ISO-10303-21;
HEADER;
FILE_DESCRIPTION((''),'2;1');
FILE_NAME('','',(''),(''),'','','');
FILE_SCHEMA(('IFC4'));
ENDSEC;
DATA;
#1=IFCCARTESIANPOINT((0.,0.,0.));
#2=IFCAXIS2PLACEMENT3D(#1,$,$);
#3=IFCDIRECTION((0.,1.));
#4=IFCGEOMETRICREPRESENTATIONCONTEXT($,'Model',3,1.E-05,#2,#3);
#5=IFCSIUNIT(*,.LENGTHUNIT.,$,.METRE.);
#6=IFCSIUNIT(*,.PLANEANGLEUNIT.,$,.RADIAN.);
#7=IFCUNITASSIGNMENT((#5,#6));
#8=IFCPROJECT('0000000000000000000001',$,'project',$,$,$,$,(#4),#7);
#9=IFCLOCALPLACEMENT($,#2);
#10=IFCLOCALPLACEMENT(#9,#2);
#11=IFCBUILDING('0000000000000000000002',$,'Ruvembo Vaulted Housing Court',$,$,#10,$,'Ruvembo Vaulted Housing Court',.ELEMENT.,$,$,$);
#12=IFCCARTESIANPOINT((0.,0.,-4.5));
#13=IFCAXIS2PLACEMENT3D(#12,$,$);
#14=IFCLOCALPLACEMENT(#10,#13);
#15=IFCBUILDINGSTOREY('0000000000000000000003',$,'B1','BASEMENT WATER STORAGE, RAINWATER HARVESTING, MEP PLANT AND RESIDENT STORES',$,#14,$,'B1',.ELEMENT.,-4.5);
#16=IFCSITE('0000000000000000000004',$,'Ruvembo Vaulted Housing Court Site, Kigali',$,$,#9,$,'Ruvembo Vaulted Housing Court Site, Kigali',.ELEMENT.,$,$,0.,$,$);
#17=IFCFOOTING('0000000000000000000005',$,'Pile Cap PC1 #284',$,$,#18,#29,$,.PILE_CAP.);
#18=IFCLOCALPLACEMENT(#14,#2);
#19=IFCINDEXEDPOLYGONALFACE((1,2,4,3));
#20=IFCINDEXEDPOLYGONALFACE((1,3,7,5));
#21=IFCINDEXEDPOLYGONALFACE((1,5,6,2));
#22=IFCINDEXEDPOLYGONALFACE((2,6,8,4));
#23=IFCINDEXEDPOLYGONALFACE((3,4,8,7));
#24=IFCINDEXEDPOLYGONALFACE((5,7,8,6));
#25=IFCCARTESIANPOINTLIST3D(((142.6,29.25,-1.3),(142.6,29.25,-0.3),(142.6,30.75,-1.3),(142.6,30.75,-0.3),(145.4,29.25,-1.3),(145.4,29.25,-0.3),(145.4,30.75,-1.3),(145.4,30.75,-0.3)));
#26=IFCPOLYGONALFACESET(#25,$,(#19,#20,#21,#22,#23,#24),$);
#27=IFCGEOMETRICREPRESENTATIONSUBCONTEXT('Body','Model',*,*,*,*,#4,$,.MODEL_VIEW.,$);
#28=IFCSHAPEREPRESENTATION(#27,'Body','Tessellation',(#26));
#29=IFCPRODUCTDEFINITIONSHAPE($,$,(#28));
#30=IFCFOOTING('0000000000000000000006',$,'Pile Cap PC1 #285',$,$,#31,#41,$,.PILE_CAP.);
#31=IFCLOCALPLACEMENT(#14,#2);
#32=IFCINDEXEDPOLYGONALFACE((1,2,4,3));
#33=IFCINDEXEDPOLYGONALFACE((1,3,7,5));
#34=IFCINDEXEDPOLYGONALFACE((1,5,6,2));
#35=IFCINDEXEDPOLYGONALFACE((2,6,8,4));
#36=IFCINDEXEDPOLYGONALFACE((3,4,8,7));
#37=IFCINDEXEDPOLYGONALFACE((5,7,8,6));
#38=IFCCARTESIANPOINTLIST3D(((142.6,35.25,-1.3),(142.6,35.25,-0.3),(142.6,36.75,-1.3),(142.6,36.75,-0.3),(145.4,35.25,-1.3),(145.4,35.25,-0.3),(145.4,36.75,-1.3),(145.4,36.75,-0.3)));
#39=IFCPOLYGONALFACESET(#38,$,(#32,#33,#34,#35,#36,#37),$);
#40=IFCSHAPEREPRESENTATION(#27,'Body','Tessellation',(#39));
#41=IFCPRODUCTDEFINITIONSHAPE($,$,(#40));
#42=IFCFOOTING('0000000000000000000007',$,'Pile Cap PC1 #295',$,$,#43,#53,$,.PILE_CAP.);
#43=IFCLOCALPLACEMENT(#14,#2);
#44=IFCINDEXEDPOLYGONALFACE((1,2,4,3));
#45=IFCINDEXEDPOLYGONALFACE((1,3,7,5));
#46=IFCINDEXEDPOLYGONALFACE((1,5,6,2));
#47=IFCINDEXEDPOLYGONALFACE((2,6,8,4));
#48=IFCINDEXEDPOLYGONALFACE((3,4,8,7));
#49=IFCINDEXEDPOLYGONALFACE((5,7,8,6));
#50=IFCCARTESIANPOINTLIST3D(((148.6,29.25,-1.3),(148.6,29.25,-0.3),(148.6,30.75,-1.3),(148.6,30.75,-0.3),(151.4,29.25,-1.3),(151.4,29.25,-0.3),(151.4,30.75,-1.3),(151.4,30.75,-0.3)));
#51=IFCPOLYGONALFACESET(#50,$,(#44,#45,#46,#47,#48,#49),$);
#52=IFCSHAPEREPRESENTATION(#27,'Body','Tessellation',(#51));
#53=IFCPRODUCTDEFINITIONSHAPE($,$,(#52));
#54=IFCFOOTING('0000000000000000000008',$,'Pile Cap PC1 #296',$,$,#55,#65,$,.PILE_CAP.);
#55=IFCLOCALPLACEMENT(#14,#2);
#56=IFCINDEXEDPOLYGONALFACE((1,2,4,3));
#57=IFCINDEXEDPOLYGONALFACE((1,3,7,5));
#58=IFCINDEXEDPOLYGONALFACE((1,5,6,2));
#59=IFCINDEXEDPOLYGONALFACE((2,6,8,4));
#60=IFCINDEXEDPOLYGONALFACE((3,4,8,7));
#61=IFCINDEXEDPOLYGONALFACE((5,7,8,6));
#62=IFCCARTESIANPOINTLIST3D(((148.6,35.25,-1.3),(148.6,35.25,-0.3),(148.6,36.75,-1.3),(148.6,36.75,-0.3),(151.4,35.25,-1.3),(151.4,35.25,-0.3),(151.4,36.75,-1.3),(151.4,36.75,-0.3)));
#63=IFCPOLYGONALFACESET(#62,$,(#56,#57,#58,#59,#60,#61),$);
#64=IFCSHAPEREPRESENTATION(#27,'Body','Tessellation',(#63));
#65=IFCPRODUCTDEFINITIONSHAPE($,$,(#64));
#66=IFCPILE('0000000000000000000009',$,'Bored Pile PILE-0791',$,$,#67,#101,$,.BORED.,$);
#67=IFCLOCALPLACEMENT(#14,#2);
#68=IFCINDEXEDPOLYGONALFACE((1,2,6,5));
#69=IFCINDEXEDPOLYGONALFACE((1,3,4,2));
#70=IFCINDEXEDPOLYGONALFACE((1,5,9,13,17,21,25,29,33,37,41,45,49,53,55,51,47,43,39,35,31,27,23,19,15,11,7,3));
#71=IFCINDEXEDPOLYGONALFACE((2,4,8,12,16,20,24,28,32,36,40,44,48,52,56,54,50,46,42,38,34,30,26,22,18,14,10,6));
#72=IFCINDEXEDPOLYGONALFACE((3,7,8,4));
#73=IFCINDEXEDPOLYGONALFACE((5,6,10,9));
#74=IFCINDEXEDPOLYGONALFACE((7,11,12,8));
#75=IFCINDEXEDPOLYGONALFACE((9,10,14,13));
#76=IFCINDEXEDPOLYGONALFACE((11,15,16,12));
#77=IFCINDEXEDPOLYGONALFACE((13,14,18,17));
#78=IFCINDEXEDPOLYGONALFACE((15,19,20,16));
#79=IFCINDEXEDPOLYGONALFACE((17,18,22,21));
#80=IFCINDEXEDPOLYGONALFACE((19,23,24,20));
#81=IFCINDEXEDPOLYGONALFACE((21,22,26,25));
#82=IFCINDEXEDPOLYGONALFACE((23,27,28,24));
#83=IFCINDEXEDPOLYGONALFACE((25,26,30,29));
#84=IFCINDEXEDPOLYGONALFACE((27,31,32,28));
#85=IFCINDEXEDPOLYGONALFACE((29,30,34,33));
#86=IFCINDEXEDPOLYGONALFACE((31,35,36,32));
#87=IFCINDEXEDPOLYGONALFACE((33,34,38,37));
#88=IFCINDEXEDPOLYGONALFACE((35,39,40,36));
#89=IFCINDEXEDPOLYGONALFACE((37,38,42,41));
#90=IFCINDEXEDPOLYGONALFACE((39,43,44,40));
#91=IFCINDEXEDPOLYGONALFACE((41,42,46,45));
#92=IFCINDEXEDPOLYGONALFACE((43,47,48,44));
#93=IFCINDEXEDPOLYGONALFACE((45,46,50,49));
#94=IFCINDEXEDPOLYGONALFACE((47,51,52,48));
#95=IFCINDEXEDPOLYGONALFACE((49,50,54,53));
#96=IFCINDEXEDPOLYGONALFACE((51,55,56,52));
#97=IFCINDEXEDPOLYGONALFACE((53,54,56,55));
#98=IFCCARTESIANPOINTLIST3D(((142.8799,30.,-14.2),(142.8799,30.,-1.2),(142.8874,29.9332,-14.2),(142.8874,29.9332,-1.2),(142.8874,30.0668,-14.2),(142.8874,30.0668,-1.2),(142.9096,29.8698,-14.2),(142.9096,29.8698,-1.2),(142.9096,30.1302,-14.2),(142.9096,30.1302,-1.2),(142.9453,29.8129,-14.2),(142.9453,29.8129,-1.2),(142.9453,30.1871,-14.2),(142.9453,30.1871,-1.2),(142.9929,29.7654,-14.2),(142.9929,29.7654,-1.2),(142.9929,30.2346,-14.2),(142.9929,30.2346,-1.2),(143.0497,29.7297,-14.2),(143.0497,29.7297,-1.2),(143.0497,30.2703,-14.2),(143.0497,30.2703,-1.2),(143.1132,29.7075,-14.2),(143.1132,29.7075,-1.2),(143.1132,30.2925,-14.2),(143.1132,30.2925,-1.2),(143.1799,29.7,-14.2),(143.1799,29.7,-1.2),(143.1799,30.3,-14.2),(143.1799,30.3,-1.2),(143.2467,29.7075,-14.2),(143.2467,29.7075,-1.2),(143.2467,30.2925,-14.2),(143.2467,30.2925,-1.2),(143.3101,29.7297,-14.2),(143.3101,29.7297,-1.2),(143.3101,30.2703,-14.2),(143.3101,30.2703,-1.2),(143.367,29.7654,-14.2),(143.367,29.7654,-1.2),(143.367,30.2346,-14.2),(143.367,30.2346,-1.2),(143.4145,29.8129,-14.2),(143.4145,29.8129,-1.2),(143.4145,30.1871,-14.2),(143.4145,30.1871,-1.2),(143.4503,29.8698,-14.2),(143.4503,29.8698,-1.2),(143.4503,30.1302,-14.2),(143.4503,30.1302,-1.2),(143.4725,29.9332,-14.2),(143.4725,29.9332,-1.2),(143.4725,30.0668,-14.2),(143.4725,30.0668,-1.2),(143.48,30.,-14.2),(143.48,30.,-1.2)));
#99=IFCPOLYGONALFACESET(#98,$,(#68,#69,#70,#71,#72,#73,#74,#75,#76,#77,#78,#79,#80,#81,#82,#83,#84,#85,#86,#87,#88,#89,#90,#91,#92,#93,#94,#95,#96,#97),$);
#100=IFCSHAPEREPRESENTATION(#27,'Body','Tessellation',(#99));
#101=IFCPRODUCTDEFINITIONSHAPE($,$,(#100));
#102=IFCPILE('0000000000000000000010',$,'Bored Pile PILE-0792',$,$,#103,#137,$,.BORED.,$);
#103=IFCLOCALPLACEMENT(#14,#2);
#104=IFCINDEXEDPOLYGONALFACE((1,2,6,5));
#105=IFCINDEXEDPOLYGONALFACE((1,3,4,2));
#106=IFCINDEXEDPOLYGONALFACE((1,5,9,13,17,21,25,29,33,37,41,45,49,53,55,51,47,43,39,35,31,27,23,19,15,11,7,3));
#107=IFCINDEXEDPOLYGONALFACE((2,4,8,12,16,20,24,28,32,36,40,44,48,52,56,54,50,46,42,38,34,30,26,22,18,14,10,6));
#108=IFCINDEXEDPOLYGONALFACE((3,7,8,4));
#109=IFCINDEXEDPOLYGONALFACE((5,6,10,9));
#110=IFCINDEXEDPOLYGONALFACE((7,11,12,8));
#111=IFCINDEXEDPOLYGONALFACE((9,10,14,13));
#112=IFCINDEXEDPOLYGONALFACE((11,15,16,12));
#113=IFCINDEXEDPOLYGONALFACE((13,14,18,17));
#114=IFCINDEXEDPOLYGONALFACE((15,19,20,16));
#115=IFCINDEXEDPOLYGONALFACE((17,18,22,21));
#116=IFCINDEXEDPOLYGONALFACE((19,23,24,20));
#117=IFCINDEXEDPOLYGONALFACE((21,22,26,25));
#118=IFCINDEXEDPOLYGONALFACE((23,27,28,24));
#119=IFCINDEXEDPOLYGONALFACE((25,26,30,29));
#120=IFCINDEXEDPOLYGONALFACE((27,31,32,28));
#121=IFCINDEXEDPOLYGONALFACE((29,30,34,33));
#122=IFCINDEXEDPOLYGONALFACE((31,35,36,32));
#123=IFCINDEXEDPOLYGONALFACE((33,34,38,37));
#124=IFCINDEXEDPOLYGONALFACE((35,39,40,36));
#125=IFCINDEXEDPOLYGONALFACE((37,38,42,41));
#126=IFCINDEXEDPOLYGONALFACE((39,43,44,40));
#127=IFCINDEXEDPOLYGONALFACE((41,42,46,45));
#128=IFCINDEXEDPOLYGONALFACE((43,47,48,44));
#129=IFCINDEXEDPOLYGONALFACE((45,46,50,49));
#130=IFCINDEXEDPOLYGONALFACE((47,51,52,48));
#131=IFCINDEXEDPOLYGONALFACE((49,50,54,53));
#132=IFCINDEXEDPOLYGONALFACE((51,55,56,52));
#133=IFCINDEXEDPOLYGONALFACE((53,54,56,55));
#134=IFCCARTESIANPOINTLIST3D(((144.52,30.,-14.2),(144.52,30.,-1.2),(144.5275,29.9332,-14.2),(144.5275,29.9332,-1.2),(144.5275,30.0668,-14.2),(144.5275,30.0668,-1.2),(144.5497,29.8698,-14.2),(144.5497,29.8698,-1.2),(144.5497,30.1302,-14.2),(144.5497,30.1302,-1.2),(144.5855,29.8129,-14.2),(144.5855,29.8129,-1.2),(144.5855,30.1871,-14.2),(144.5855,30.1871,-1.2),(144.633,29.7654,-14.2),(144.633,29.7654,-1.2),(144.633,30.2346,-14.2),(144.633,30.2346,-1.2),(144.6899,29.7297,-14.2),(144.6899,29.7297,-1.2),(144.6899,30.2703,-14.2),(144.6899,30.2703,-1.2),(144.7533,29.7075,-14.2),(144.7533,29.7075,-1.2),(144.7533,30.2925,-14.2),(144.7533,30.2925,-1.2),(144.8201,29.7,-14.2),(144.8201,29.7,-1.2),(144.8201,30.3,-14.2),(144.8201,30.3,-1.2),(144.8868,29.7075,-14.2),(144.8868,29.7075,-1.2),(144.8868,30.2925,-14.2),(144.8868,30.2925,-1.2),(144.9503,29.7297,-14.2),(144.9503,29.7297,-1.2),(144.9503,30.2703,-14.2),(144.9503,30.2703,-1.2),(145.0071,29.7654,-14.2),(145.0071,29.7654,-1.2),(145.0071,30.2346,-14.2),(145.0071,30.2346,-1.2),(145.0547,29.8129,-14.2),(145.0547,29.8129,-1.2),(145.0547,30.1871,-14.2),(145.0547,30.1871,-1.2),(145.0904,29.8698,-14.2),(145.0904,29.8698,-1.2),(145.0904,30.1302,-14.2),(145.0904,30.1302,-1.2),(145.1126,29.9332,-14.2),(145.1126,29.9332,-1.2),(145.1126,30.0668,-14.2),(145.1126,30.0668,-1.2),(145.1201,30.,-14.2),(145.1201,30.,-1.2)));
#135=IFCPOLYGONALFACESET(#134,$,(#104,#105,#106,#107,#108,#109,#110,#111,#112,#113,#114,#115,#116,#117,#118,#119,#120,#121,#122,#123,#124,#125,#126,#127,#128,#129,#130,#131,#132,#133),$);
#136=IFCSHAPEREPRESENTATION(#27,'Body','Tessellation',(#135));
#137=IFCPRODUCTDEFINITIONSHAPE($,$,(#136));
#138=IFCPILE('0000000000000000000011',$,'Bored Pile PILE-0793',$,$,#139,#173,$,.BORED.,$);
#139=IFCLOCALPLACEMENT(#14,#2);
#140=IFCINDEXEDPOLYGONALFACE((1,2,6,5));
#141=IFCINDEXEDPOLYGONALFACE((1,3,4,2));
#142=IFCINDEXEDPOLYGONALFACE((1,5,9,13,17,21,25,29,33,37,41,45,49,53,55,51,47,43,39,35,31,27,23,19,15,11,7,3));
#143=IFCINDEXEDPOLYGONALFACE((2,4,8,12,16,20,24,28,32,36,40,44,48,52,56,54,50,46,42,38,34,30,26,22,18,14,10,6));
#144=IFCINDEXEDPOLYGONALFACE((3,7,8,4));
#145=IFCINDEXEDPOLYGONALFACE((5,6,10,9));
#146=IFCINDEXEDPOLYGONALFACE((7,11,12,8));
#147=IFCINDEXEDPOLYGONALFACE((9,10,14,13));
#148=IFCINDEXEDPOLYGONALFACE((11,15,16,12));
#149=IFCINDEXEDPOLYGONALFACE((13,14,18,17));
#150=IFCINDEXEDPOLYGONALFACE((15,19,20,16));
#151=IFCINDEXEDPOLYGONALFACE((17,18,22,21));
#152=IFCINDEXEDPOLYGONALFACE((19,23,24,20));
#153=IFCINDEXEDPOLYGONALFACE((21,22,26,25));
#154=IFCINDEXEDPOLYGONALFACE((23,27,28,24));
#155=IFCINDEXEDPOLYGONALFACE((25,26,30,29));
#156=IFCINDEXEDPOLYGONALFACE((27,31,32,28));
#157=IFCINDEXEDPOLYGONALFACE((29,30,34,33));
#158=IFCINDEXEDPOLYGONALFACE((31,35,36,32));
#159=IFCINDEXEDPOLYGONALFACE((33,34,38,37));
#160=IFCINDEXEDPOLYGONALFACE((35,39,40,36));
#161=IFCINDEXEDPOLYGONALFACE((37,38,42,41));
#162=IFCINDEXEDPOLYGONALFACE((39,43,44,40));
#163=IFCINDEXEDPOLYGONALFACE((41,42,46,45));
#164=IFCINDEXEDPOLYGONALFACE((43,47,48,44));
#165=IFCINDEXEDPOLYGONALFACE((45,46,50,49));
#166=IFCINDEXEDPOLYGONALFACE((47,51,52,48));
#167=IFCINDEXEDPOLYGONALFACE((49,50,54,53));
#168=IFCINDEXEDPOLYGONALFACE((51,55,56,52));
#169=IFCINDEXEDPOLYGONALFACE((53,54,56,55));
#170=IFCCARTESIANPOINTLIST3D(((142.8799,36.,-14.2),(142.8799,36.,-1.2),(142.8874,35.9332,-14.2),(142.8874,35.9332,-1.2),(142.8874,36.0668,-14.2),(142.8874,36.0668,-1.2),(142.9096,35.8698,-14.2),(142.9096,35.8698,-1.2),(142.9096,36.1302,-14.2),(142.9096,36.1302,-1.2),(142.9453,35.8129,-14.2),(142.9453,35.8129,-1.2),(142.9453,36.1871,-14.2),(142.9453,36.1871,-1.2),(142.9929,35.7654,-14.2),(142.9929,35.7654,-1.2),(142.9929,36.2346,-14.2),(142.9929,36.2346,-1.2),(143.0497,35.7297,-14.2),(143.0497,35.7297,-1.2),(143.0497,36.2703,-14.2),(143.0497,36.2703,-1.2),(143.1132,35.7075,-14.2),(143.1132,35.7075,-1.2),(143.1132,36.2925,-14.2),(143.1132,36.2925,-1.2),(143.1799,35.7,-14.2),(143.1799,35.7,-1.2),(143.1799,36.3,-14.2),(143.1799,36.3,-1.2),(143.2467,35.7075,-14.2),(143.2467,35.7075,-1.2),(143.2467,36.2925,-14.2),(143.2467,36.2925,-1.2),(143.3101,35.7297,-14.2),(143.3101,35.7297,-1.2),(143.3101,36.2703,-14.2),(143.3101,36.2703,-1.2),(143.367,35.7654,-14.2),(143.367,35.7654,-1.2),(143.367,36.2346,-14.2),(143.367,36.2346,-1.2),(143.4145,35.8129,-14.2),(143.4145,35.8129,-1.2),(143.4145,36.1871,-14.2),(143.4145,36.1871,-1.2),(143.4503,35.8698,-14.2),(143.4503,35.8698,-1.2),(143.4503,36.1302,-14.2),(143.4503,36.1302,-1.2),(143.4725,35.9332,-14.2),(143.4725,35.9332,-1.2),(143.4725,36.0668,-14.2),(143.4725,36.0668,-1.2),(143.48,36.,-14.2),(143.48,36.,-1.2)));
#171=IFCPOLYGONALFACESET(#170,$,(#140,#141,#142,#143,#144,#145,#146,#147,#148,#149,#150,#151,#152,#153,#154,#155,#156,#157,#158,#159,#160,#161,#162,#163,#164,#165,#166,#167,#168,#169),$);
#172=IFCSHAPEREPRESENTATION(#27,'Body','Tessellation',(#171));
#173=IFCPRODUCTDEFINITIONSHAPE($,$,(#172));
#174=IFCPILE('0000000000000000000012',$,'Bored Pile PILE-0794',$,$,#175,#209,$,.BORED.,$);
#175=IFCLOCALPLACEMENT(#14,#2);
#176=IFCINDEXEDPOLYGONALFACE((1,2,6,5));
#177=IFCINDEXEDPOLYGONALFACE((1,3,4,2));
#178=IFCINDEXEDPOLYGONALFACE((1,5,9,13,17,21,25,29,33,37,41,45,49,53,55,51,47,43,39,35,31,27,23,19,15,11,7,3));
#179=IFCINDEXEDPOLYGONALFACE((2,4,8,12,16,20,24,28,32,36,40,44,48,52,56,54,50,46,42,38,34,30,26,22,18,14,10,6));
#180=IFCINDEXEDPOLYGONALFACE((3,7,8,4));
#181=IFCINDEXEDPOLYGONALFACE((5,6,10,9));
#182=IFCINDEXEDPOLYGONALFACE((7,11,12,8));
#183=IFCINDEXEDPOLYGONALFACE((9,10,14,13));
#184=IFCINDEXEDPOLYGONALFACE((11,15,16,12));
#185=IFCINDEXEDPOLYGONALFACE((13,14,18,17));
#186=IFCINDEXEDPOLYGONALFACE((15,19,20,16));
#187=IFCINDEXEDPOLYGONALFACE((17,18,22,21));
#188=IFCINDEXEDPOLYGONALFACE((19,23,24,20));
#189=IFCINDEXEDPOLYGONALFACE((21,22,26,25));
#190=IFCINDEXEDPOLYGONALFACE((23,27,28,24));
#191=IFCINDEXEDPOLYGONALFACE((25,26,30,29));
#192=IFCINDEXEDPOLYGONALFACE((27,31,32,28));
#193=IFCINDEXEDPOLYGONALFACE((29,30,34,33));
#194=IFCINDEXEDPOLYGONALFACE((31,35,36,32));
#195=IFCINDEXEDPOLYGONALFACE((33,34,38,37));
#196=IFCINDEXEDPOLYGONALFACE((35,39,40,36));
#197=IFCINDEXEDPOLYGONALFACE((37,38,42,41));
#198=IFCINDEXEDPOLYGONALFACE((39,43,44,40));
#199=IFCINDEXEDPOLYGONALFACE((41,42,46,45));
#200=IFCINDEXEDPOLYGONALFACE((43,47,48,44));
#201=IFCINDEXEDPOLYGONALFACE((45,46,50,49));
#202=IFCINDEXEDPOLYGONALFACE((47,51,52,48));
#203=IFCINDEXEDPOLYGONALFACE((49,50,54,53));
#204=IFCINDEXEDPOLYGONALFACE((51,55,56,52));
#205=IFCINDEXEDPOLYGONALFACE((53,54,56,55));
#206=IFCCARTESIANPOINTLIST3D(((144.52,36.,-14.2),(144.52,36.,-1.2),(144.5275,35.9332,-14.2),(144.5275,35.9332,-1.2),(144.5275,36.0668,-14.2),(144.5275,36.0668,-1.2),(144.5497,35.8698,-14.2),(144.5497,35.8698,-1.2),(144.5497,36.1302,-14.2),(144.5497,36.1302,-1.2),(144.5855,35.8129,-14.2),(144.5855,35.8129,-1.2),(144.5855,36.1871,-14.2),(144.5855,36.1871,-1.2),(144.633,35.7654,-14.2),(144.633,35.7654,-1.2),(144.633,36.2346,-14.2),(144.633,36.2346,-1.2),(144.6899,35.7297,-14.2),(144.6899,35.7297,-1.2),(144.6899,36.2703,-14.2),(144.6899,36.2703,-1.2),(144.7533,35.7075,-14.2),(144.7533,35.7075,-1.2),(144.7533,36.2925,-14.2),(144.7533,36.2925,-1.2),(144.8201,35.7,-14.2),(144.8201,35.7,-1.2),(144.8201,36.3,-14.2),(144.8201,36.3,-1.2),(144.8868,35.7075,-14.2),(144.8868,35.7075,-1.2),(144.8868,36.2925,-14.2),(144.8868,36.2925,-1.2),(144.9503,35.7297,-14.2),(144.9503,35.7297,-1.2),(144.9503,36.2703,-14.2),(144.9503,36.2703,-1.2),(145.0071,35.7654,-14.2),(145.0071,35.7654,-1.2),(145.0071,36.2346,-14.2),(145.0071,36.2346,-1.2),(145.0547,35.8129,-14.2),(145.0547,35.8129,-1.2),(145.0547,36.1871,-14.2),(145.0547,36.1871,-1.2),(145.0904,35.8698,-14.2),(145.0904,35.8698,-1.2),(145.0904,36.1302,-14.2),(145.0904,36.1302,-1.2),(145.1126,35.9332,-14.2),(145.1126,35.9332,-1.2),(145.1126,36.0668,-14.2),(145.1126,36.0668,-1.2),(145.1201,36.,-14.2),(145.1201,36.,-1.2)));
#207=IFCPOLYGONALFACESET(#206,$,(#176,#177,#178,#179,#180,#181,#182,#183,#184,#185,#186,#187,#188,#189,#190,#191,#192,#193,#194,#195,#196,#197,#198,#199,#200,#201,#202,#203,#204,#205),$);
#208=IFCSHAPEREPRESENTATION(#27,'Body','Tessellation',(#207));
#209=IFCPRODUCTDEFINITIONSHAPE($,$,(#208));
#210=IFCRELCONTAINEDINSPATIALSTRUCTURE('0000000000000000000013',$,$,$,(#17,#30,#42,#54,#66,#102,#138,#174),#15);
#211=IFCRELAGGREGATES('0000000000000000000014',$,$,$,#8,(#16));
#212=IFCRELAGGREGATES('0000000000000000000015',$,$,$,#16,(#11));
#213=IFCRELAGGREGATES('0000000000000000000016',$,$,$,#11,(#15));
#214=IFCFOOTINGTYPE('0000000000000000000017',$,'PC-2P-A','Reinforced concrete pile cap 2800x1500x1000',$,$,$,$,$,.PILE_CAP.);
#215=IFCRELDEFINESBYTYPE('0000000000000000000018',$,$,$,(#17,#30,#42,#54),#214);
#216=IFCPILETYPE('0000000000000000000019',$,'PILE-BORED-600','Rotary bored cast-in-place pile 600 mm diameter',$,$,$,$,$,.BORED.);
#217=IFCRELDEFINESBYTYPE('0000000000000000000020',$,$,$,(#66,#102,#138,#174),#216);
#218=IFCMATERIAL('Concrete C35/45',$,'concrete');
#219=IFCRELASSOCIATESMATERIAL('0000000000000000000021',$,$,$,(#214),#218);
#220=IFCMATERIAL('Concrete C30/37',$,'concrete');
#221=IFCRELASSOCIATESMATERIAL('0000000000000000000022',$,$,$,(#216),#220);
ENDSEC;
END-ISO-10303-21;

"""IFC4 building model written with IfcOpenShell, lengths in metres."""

from ifc_helpers import new_model, si_unit, direction, frame, origin, origin_2d, place, context, subcontext, project, spatial, rectangle, circle, extrude, material, material_profile, profile_set, type_object, element, save


model = new_model("IFC4")

# Units and contexts
model_context = context("Model", 3, precision=1e-05, world=origin(), true_north=direction((0.0, 1.0)))
body_context = subcontext(model_context, "Body", "Model", "MODEL_VIEW")
ifc_project = project(units=[si_unit("LENGTHUNIT", "METRE"), si_unit("PLANEANGLEUNIT", "RADIAN")], contexts=[model_context])

# Site, building, storey
site_placement = place(None, origin())
site = spatial("IfcSite", under=ifc_project, at=site_placement, Name="Ruvembo Vaulted Housing Court Site, Kigali", LongName="Ruvembo Vaulted Housing Court Site, Kigali", CompositionType="ELEMENT", RefElevation=0.0)
building_placement = place(site_placement, origin())
building = spatial("IfcBuilding", under=site, at=building_placement, Name="Ruvembo Vaulted Housing Court", LongName="Ruvembo Vaulted Housing Court", CompositionType="ELEMENT")
storey_placement = place(building_placement, frame((0.0, 0.0, -4.5)))
storey = spatial("IfcBuildingStorey", under=building, at=storey_placement, Name="B1", Description="BASEMENT WATER STORAGE, RAINWATER HARVESTING, MEP PLANT AND RESIDENT STORES", LongName="B1", CompositionType="ELEMENT", Elevation=-4.5)

# Footings
ifc_material_1 = material(Name="Concrete C35/45", Category="concrete")
footing_type = type_object("IfcFootingType", Name="PC-2P-A", Description="Reinforced concrete pile cap 2800x1500x1000", PredefinedType="PILE_CAP", material=ifc_material_1)
for number, where, z_axis, x_axis, name in (
    (1, (144.0, 30.0, -1.3), (0.0, 0.0, 1.0), (1.0, 0.0, 0.0), "Pile Cap PC1 #284"),
    (2, (144.0, 36.0, -1.3), (0.0, 0.0, 1.0), (1.0, 0.0, 0.0), "Pile Cap PC1 #285"),
    (3, (150.0, 30.0, -1.3), (0.0, 0.0, 1.0), (1.0, 0.0, 0.0), "Pile Cap PC1 #295"),
    (4, (150.0, 36.0, -1.3), (0.0, 0.0, 1.0), (1.0, 0.0, 0.0), "Pile Cap PC1 #296"),
):
    element("IfcFooting", number, at=place(storey_placement, frame(where, z_axis=z_axis, x_axis=x_axis)), inside=storey, type_object=footing_type, Name=name, PredefinedType="PILE_CAP", context=body_context, shape_type="SweptSolid", body=[
        extrude(rectangle(XDim=2.8, YDim=1.5, at=origin_2d()), origin(), (0.0, 0.0, 1.0), 1.0),
    ])

# Piles
ifc_material_2 = material(Name="Concrete C30/37", Category="concrete")
ifc_material_profile_1 = material_profile(ifc_material_2, circle(Radius=0.3, at=origin_2d()), Name="PILE D600")
ifc_profile_set_1 = profile_set([ifc_material_profile_1], Name="Concrete C30/37")
pile_type_1 = type_object("IfcPileType", Name="PILE-BORED-600", Description="Rotary bored cast-in-place pile 600 mm diameter", PredefinedType="BORED", material=ifc_profile_set_1)
for number, where, z_axis, x_axis, name in (
    (5, (143.1799, 30.0, -1.2), (0.0, 0.0, -1.0), (1.0, 0.0, 0.0), "Bored Pile PILE-0791"),
    (6, (144.8201, 30.0, -1.2), (0.0, 0.0, -1.0), (1.0, 0.0, 0.0), "Bored Pile PILE-0792"),
    (7, (143.1799, 36.0, -1.2), (0.0, 0.0, -1.0), (1.0, 0.0, 0.0), "Bored Pile PILE-0793"),
    (8, (144.8201, 36.0, -1.2), (0.0, 0.0, -1.0), (1.0, 0.0, 0.0), "Bored Pile PILE-0794"),
):
    element("IfcPile", number, at=place(storey_placement, frame(where, z_axis=z_axis, x_axis=x_axis)), inside=storey, type_object=pile_type_1, Name=name, PredefinedType="BORED", context=body_context, shape_type="SweptSolid", body=[
        extrude(circle(Radius=0.3, at=origin_2d()), origin(), (0.0, 0.0, 1.0), 13.0),
    ])

save(model, "model.ifc")
